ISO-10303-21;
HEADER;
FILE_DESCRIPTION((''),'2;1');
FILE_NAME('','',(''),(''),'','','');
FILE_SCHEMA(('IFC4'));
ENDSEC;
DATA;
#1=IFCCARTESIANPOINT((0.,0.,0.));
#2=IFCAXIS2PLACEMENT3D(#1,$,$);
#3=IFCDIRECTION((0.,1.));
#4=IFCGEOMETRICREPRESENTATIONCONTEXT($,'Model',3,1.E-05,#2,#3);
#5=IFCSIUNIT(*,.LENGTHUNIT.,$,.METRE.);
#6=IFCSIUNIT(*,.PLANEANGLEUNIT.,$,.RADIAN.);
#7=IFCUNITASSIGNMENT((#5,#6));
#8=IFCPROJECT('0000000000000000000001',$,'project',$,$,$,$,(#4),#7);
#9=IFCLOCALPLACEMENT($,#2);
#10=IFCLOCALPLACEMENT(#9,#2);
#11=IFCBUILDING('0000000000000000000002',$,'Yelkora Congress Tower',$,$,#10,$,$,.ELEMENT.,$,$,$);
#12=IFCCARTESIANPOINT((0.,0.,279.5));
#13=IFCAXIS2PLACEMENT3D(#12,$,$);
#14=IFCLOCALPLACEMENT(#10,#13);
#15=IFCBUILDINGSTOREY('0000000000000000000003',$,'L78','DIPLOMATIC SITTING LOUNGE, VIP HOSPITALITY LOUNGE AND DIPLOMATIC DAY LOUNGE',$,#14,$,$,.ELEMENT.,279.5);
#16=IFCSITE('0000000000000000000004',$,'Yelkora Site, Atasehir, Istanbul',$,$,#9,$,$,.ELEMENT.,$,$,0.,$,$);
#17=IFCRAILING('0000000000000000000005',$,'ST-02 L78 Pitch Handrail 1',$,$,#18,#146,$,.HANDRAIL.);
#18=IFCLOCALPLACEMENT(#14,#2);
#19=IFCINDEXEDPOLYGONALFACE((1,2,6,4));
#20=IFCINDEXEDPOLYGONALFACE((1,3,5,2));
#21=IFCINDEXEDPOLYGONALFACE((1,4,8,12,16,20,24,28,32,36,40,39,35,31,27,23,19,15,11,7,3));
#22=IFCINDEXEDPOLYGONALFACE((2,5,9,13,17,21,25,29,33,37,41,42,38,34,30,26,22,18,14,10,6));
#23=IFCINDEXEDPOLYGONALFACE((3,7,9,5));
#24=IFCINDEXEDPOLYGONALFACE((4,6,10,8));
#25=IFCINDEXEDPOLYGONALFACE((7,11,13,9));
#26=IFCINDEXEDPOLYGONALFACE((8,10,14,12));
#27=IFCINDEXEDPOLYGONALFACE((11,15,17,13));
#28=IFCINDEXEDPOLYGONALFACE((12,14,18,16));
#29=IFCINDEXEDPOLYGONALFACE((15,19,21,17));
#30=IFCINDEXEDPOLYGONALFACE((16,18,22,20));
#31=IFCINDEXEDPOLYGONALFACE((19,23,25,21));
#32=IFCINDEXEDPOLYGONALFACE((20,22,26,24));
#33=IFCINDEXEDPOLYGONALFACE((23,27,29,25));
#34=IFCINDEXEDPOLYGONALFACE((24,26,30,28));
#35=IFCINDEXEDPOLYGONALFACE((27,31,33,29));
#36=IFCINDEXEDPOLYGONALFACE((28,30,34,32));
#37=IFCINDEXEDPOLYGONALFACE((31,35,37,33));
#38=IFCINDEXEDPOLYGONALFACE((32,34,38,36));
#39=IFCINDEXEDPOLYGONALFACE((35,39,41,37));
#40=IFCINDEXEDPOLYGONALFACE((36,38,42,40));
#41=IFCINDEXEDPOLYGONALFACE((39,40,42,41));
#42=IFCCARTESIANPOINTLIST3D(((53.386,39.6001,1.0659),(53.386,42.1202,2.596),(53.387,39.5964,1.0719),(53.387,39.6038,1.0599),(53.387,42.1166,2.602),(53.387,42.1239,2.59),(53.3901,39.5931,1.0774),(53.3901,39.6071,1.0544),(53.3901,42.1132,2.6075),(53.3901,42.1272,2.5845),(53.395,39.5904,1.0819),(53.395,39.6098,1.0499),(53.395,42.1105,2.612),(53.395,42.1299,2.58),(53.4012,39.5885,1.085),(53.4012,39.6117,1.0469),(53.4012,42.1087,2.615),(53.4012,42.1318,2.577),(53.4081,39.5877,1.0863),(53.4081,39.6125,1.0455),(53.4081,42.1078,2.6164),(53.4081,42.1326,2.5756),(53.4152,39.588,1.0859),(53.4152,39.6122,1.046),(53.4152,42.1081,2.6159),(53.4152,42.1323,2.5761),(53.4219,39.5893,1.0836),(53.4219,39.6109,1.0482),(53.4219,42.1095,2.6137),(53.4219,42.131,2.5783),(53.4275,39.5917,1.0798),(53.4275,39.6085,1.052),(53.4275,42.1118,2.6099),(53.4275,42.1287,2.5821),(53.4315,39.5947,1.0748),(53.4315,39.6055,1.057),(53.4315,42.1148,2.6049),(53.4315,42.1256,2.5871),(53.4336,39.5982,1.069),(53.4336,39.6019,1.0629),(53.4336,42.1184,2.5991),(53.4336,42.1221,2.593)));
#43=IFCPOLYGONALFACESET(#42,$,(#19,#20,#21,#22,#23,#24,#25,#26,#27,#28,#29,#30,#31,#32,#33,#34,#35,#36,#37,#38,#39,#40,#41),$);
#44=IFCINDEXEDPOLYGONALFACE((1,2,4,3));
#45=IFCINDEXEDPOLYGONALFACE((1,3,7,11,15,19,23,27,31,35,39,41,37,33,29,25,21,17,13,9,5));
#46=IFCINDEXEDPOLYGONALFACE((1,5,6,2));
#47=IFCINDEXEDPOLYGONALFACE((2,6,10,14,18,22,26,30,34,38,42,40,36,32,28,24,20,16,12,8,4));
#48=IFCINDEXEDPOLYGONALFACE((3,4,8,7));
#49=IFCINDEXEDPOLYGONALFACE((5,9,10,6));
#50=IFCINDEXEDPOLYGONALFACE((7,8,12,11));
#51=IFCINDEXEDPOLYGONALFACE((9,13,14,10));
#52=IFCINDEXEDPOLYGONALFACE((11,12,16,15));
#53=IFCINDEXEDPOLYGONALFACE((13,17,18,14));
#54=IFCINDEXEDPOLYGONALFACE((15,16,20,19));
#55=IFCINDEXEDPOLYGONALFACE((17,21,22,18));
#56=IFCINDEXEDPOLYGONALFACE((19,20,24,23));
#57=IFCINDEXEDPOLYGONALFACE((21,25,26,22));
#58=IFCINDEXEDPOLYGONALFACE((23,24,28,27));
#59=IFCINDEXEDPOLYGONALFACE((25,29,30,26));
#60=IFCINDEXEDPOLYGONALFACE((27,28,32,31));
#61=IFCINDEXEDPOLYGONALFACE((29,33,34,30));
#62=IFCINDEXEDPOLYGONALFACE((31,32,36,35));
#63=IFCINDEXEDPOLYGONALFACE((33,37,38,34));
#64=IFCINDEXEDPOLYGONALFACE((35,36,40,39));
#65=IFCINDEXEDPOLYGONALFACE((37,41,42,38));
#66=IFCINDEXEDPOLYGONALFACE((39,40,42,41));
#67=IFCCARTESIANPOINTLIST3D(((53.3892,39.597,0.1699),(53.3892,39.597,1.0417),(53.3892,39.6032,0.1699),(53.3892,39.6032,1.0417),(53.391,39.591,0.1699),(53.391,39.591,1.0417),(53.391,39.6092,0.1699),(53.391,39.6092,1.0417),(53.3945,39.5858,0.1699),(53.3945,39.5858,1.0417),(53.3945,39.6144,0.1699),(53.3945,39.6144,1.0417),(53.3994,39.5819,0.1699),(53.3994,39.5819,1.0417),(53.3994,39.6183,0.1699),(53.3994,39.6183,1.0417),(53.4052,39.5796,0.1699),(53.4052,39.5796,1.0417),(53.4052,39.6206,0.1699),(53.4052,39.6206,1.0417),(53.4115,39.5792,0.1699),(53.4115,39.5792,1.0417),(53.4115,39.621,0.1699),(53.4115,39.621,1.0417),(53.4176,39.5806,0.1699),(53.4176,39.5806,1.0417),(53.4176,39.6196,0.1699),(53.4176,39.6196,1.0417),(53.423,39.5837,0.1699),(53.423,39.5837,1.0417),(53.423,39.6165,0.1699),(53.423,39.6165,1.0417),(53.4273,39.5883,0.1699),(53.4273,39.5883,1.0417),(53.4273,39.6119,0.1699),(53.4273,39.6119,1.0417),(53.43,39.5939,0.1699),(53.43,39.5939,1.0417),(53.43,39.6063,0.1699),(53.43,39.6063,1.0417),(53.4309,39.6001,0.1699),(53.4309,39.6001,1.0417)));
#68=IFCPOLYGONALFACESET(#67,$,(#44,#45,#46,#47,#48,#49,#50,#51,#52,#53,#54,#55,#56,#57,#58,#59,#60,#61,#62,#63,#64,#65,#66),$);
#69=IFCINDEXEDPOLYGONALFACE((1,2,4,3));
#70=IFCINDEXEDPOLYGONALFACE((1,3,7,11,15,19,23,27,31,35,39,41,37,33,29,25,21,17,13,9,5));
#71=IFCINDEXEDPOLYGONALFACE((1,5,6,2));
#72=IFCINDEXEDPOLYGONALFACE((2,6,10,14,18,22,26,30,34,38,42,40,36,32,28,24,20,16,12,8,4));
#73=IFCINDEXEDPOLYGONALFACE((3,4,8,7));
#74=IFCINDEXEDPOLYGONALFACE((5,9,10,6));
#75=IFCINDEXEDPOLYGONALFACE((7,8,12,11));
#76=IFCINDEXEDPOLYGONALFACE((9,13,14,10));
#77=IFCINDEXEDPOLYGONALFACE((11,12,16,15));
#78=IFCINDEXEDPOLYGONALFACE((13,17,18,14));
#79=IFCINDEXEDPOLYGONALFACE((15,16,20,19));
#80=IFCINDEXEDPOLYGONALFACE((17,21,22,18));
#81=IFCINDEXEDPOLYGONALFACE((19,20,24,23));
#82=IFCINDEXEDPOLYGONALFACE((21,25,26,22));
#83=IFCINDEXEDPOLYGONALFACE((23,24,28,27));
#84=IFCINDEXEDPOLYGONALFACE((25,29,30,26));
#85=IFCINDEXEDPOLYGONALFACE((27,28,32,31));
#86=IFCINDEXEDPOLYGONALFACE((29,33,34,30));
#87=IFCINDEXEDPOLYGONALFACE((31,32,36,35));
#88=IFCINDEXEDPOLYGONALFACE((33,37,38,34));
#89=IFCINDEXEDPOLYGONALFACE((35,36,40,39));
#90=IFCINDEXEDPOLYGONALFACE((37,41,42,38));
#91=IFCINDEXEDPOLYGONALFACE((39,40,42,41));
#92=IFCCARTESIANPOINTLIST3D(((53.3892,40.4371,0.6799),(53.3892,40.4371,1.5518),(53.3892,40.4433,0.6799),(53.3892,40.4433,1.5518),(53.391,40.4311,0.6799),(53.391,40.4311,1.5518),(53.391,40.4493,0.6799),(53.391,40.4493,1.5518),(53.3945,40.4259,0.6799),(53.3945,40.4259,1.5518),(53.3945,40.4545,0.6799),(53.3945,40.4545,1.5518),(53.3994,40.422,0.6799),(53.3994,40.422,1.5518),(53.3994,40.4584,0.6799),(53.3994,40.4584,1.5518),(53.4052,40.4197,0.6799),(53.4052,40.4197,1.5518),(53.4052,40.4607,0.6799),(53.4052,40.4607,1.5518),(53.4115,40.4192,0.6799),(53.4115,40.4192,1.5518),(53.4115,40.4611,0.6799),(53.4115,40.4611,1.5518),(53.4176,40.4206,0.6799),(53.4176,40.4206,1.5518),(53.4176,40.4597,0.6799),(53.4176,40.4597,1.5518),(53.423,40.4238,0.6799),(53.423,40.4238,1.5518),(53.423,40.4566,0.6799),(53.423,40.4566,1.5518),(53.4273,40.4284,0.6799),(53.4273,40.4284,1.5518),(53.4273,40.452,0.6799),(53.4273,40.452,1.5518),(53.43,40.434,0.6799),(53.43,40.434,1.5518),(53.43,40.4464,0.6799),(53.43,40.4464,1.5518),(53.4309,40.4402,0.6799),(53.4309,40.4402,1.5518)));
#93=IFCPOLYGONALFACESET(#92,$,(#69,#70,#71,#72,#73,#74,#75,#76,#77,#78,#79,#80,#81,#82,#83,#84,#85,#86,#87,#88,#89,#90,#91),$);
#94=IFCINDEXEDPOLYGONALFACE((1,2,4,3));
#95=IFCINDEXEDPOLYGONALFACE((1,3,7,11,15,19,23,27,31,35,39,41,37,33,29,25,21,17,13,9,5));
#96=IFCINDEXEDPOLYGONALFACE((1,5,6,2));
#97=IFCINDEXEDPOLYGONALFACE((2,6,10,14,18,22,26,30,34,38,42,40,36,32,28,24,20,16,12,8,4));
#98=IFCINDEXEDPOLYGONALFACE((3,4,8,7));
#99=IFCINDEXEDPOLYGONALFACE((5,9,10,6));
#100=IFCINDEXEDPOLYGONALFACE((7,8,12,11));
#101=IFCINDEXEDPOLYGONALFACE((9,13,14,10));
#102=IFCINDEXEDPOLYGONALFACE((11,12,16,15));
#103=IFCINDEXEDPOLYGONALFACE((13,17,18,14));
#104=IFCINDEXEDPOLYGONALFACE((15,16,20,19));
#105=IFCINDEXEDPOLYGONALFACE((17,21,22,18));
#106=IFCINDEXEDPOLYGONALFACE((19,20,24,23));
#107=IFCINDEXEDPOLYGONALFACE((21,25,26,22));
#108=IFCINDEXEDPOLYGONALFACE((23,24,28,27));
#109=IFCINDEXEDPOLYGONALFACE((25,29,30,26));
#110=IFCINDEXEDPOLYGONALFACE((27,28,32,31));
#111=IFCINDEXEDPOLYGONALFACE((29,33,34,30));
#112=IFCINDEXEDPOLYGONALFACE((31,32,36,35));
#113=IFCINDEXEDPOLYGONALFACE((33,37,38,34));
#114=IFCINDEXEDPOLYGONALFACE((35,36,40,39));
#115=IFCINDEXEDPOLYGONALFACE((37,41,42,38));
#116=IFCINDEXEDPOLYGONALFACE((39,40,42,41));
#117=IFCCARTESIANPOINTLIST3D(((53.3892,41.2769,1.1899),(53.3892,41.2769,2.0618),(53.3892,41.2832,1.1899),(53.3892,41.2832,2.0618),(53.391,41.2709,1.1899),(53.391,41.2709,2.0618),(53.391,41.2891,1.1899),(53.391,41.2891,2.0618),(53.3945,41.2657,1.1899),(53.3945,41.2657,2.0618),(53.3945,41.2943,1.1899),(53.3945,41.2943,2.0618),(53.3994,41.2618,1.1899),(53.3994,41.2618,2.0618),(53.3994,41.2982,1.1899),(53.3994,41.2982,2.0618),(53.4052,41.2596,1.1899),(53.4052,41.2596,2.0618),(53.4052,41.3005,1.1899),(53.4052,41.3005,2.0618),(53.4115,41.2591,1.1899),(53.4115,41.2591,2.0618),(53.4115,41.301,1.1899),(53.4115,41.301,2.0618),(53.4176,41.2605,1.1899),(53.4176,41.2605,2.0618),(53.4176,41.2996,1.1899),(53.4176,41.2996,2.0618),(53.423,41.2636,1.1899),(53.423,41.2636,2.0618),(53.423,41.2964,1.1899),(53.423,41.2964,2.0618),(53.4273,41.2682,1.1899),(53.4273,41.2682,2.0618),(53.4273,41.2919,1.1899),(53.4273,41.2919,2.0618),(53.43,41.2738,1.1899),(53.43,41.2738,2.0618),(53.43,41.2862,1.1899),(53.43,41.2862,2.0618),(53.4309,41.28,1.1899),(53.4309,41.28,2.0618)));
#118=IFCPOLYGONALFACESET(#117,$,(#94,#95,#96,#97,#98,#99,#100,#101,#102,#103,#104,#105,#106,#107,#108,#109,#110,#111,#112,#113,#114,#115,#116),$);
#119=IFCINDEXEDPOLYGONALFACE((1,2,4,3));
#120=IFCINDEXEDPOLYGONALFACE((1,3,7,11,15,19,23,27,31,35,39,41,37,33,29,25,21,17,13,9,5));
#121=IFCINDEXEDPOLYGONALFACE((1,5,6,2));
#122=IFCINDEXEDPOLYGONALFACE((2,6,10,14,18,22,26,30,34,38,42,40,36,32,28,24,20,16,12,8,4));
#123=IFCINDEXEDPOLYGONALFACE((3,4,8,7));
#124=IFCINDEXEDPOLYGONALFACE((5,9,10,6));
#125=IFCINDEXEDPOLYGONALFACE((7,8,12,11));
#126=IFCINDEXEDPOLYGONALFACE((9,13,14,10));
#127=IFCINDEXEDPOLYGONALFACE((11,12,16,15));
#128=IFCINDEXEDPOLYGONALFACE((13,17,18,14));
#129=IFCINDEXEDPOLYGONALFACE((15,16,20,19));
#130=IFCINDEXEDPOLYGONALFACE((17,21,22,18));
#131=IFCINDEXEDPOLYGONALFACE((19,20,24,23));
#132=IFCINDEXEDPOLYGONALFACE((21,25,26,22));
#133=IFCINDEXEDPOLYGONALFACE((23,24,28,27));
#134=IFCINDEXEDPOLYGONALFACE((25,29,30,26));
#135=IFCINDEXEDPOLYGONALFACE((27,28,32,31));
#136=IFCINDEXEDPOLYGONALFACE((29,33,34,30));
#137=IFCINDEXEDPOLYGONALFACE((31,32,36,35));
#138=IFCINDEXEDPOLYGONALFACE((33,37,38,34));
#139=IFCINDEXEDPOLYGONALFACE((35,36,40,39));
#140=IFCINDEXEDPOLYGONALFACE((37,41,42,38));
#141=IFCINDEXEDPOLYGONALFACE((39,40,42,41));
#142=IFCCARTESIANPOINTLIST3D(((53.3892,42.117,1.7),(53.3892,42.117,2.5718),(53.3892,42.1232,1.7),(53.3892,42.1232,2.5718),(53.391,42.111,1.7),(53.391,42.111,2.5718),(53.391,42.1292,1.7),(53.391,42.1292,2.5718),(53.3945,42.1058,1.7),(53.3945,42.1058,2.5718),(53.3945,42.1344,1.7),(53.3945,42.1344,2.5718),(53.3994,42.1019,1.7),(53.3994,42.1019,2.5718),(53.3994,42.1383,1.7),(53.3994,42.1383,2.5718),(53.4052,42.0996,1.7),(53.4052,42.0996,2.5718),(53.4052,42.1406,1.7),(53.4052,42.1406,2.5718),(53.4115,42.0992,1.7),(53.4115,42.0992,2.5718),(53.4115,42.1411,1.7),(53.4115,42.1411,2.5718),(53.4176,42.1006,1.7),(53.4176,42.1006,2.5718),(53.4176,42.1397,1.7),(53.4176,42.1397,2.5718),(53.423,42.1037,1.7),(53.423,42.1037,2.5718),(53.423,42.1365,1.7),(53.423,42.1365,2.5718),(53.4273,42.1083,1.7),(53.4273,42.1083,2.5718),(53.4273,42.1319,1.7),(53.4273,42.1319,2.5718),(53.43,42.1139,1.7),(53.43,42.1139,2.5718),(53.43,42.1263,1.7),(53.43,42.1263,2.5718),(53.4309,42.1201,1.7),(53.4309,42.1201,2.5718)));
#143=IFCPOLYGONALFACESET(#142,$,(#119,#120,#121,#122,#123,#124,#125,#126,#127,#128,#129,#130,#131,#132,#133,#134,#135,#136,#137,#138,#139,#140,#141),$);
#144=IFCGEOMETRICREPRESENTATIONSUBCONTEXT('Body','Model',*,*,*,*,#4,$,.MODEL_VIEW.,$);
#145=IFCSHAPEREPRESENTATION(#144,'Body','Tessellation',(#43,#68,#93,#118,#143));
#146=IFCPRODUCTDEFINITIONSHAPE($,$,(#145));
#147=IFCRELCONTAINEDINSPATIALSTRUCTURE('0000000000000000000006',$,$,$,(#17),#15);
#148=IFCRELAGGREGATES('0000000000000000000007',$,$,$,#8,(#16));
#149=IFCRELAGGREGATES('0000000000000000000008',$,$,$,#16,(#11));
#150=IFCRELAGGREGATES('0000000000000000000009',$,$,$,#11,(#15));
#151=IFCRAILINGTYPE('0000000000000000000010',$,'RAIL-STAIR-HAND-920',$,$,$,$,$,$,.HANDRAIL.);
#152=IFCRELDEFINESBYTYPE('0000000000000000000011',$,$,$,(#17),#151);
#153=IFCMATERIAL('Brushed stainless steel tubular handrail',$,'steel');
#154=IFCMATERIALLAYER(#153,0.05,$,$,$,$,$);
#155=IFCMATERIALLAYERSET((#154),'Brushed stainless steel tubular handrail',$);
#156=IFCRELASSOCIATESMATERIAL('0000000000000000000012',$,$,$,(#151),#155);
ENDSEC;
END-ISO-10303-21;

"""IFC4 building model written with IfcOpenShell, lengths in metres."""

from ifc_helpers import new_model, si_unit, direction, frame, origin, origin_2d, place, context, subcontext, project, spatial, circle, extrude, material, layer, layer_set, type_object, element, save


model = new_model("IFC4")

# Units and contexts
model_context = context("Model", 3, precision=1e-05, world=origin(), true_north=direction((0.0, 1.0)))
body_context = subcontext(model_context, "Body", "Model", "MODEL_VIEW")
ifc_project = project(units=[si_unit("LENGTHUNIT", "METRE"), si_unit("PLANEANGLEUNIT", "RADIAN")], contexts=[model_context])

# Site, building, storey
site_placement = place(None, origin())
site = spatial("IfcSite", under=ifc_project, at=site_placement, Name="Yelkora Site, Atasehir, Istanbul", CompositionType="ELEMENT", RefElevation=0.0)
building_placement = place(site_placement, origin())
building = spatial("IfcBuilding", under=site, at=building_placement, Name="Yelkora Congress Tower", CompositionType="ELEMENT")
storey_placement = place(building_placement, frame((0.0, 0.0, 279.5)))
storey = spatial("IfcBuildingStorey", under=building, at=storey_placement, Name="L78", Description="DIPLOMATIC SITTING LOUNGE, VIP HOSPITALITY LOUNGE AND DIPLOMATIC DAY LOUNGE", CompositionType="ELEMENT", Elevation=279.5)

# Railing
ifc_material_1 = material(Name="Brushed stainless steel tubular handrail", Category="steel")
ifc_layer_1 = layer(ifc_material_1, 0.05)
ifc_layer_set_1 = layer_set([ifc_layer_1], Name="Brushed stainless steel tubular handrail")
railing_type_1 = type_object("IfcRailingType", Name="RAIL-STAIR-HAND-920", PredefinedType="HANDRAIL", material=ifc_layer_set_1)
railing_1_placement = place(storey_placement, frame((53.4099, 39.6001, 0.1699)))
element("IfcRailing", 1, at=railing_1_placement, inside=storey, type_object=railing_type_1, Name="ST-02 L78 Pitch Handrail 1", PredefinedType="HANDRAIL", context=body_context, shape_type="SweptSolid", body=[
    extrude(circle(Radius=0.0239, at=origin_2d()), frame((0.0, 0.0, 0.896), z_axis=(0.0, 0.854785, 0.518982), x_axis=(-1.0, 0.0, 0.0)), (0.0, 0.0, 1.0), 2.9482),
    extrude(circle(Radius=0.021, at=origin_2d()), origin(), (0.0, 0.0, 1.0), 0.8718),
    extrude(circle(Radius=0.021, at=origin_2d()), frame((0.0, 0.8401, 0.51)), (0.0, 0.0, 1.0), 0.8718),
    extrude(circle(Radius=0.021, at=origin_2d()), frame((0.0, 1.6799, 1.02)), (0.0, 0.0, 1.0), 0.8718),
    extrude(circle(Radius=0.021, at=origin_2d()), frame((0.0, 2.52, 1.53)), (0.0, 0.0, 1.0), 0.8718),
])

save(model, "model.ifc")
